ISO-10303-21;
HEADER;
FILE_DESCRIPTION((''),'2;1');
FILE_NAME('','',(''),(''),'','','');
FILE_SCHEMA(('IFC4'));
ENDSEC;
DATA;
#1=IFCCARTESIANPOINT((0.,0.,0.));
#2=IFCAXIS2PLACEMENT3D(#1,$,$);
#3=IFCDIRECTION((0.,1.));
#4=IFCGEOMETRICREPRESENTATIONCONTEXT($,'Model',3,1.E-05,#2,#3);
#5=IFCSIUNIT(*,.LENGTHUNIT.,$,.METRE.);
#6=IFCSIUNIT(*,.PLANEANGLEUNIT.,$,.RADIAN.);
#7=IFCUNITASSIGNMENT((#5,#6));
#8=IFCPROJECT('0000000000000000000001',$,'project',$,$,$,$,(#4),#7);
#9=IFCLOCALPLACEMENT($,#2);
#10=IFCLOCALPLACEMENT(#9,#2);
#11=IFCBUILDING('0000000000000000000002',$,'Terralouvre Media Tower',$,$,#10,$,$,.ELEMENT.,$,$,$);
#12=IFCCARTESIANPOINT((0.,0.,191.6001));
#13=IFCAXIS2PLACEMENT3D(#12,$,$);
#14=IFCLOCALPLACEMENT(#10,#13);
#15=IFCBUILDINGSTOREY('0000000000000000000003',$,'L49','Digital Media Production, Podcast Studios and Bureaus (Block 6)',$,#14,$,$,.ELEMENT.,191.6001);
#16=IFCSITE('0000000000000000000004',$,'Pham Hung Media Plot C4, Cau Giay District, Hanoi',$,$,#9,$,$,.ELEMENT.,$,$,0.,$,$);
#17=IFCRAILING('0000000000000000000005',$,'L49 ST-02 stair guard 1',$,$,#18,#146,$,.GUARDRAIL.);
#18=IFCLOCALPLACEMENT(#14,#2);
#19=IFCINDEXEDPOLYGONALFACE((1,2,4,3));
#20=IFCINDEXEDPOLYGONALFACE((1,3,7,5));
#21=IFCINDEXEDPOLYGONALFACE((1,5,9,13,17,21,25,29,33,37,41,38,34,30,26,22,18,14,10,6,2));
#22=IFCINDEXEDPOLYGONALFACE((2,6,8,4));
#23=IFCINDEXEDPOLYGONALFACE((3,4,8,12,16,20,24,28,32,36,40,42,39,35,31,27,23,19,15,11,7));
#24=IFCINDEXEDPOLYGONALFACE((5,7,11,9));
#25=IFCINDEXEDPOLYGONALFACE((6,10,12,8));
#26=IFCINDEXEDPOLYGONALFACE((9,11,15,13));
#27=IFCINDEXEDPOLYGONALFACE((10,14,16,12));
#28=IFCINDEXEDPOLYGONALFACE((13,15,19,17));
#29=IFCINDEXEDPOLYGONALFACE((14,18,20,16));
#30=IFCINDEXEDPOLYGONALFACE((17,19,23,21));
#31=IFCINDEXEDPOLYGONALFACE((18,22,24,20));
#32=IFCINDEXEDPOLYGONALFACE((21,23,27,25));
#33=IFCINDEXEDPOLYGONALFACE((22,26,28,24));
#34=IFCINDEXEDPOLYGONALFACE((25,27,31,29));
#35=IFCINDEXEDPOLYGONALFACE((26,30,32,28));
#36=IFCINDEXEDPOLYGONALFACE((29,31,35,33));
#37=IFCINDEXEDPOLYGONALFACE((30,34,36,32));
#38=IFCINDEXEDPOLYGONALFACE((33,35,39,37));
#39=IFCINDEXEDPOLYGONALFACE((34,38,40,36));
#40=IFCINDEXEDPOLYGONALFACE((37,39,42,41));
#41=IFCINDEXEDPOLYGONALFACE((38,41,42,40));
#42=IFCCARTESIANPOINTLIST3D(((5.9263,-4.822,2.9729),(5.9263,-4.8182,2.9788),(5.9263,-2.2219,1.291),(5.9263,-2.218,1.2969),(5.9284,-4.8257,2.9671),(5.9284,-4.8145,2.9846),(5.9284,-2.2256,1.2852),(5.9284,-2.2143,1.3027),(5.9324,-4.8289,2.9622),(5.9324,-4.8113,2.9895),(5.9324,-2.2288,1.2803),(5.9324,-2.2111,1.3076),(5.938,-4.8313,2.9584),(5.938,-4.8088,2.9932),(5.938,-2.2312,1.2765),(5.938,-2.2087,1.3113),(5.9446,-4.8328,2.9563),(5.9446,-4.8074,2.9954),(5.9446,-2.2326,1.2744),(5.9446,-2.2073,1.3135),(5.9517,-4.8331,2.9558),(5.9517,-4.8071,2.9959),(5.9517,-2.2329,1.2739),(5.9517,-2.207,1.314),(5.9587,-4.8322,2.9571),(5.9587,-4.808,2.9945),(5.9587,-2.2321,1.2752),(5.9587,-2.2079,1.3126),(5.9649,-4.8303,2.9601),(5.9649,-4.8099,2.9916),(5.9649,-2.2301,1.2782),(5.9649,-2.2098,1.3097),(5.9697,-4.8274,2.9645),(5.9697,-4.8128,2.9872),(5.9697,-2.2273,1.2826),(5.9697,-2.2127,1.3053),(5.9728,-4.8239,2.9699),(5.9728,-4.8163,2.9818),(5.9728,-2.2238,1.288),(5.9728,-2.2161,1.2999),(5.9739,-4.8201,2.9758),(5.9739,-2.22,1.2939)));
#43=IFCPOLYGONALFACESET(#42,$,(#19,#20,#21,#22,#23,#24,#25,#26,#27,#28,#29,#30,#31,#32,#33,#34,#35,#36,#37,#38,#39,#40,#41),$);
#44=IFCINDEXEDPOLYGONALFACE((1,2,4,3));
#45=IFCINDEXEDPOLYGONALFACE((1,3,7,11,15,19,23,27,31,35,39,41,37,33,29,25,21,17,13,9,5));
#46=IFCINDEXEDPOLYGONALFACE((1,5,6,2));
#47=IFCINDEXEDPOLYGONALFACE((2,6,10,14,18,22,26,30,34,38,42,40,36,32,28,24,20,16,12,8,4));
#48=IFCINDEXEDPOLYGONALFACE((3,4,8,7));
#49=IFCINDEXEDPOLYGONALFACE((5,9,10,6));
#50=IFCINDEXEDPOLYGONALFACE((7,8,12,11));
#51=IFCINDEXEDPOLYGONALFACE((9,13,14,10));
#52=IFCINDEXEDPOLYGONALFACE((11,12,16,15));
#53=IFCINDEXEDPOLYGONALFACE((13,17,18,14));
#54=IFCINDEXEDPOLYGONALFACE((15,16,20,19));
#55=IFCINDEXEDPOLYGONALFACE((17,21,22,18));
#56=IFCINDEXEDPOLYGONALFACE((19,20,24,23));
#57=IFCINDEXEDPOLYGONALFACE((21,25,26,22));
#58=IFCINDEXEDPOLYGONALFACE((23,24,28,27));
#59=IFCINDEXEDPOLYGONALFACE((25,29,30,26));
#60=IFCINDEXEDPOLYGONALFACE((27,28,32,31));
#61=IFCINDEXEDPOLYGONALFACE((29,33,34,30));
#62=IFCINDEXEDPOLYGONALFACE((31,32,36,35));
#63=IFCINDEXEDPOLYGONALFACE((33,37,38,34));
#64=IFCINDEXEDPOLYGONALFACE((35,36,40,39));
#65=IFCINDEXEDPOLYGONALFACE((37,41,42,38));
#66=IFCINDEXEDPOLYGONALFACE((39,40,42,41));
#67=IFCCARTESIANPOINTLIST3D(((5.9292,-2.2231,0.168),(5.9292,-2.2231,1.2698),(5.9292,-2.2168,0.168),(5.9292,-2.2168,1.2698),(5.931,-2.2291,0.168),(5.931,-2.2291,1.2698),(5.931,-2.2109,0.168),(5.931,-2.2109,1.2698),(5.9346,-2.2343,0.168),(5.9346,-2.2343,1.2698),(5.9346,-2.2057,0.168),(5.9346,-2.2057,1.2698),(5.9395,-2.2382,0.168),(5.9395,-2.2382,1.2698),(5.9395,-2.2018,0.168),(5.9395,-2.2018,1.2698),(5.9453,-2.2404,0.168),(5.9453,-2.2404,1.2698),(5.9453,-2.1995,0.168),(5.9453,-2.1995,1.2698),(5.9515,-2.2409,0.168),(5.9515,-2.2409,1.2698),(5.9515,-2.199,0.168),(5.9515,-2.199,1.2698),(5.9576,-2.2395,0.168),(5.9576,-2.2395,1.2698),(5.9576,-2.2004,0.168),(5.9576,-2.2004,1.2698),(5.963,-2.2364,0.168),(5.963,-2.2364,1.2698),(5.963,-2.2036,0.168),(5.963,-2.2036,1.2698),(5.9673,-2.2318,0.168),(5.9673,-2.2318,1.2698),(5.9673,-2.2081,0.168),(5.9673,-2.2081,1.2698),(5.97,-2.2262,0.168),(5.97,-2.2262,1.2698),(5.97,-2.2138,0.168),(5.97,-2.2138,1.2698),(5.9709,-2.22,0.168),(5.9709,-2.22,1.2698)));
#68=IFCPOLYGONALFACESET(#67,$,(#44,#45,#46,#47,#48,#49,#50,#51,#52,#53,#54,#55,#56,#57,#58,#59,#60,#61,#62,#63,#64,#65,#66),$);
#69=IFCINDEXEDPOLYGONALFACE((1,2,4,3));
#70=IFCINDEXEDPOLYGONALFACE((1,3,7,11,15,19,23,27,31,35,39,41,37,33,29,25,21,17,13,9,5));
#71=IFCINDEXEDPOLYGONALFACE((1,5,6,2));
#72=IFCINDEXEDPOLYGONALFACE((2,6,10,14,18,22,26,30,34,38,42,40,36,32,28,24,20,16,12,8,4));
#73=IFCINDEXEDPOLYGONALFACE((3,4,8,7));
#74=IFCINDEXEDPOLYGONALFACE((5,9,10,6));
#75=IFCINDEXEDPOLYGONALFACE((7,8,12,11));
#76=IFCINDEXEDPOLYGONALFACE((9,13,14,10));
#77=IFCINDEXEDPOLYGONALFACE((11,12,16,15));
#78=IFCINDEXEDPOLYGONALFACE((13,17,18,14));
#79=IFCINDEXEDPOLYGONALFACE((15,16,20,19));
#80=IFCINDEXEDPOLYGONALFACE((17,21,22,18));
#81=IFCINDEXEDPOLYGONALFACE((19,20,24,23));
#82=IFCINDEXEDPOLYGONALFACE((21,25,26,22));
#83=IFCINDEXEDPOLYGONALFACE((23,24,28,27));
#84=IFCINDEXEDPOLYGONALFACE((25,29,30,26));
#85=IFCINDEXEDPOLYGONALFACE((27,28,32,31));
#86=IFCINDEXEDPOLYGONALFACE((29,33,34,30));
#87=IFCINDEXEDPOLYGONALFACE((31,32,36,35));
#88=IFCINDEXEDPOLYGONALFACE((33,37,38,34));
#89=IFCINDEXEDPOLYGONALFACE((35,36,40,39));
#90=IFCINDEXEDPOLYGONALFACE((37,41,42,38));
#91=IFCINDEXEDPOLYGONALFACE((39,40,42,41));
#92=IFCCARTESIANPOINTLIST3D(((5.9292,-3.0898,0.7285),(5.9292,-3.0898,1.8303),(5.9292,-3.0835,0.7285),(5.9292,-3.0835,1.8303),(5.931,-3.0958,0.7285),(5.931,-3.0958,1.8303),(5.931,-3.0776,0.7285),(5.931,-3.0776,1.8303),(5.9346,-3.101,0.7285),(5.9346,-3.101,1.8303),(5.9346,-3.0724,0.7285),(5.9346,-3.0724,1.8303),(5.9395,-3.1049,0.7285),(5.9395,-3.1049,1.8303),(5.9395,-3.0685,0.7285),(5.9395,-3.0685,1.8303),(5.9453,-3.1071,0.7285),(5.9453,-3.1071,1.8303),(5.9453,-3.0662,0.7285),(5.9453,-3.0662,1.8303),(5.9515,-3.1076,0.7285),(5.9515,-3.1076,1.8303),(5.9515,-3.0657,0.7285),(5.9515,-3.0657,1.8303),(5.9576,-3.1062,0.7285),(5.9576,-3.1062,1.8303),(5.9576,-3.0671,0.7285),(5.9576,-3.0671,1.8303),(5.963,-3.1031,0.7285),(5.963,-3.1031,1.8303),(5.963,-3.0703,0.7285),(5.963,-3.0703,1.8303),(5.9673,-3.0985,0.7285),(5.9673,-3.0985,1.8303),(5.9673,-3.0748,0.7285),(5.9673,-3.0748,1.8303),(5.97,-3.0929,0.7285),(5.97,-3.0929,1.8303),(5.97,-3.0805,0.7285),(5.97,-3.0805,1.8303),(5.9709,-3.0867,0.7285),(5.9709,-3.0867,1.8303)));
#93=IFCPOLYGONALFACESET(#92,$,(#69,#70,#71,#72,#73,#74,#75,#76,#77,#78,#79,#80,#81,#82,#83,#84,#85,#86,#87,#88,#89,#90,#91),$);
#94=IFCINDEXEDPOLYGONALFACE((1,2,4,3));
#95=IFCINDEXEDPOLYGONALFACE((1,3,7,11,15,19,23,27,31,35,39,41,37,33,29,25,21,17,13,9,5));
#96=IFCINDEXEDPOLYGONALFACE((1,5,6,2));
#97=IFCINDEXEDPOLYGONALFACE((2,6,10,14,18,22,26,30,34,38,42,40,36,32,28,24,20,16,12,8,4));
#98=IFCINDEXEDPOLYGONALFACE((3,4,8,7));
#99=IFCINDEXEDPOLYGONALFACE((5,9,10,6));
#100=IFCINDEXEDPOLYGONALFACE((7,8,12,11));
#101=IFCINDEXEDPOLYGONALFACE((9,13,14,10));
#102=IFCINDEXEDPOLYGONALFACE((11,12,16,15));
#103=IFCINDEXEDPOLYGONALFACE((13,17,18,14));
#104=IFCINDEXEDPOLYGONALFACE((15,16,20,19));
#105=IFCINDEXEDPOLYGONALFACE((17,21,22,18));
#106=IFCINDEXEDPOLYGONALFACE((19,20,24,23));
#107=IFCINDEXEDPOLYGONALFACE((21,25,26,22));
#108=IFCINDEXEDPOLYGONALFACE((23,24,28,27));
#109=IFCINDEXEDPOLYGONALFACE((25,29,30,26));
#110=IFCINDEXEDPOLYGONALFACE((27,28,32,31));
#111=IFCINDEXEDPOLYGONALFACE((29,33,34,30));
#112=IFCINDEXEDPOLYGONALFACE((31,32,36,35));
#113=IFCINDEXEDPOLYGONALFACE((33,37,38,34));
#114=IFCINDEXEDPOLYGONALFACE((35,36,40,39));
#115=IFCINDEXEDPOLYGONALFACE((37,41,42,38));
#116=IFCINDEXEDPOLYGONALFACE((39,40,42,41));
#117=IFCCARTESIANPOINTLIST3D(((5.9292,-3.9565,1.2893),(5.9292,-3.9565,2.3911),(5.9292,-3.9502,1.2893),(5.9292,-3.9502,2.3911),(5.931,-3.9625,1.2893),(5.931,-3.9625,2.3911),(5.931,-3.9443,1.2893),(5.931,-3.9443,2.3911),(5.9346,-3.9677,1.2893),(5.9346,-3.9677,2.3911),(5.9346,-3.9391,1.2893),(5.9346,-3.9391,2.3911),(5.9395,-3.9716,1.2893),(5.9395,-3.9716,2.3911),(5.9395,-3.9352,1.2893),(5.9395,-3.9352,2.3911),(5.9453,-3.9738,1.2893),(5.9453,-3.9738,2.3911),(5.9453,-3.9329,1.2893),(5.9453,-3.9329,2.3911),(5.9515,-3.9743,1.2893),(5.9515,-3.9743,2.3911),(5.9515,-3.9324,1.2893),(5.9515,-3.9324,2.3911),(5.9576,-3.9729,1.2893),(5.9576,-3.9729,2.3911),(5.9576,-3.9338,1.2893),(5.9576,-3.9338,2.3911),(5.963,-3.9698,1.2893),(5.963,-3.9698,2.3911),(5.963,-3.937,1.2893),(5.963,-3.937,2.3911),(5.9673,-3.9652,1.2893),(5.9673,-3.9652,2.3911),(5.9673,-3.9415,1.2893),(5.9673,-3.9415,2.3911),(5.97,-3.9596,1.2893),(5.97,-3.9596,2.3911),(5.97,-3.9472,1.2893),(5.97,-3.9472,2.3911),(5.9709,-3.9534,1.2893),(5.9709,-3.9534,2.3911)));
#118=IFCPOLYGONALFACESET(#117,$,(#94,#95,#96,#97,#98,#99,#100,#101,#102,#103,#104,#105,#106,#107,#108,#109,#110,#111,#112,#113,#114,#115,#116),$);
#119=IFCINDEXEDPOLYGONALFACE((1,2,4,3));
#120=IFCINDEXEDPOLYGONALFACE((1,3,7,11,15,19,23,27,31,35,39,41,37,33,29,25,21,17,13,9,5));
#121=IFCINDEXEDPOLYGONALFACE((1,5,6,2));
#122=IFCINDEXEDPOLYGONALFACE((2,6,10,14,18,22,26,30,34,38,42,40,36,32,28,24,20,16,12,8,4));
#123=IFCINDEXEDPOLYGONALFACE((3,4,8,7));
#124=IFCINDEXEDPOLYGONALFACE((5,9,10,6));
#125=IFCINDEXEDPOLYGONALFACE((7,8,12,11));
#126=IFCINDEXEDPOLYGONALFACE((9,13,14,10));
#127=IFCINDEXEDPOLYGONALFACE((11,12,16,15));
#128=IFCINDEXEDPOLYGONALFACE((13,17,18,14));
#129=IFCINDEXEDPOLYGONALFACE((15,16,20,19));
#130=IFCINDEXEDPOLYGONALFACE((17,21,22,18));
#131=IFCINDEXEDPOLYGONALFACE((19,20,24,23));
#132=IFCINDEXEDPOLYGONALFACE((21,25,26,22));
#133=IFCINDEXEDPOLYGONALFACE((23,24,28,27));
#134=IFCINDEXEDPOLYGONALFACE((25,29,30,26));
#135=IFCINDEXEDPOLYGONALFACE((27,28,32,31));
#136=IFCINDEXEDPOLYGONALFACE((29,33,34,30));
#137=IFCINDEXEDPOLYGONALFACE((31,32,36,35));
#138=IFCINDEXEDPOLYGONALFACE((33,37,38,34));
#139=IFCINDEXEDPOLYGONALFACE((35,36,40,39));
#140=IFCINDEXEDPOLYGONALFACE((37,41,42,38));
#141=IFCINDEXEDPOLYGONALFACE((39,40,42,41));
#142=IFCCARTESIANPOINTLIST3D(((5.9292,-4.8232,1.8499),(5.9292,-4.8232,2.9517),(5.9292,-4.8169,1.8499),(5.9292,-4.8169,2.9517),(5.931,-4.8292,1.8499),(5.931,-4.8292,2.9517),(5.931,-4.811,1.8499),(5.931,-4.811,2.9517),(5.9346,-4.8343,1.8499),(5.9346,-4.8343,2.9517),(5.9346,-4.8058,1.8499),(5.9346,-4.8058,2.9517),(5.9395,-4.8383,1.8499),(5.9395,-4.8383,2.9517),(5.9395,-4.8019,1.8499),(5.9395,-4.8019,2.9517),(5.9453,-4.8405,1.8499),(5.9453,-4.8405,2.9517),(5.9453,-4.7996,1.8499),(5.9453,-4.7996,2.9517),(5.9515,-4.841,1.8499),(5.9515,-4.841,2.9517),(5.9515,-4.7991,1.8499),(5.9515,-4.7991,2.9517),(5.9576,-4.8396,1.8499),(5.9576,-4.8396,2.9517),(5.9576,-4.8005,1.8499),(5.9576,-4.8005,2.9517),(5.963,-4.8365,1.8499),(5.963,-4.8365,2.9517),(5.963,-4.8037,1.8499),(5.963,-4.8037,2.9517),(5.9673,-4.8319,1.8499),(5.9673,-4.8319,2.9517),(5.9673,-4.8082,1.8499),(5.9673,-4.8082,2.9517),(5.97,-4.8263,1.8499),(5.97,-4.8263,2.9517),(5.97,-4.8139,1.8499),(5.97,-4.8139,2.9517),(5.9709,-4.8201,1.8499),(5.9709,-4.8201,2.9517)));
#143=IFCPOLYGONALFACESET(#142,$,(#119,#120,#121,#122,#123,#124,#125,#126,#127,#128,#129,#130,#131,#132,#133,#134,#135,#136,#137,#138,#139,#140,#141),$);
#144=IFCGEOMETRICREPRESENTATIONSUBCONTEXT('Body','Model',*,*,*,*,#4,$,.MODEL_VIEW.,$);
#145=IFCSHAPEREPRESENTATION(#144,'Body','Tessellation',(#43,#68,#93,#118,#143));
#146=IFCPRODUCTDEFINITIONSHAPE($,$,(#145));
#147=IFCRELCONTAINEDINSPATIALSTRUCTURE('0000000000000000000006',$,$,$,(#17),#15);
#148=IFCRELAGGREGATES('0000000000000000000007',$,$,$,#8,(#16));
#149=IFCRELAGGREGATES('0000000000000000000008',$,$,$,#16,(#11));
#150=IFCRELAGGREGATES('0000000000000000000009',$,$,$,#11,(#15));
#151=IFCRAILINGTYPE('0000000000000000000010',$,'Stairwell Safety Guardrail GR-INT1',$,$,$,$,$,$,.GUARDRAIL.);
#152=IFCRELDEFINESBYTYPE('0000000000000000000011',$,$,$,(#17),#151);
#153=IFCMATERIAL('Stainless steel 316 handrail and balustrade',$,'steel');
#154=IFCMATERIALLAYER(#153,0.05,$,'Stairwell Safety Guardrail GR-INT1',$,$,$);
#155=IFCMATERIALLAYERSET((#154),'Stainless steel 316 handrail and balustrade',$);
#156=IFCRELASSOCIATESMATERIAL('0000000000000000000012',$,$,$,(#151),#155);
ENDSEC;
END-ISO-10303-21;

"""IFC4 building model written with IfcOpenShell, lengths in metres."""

from ifc_helpers import new_model, si_unit, direction, frame, origin, origin_2d, place, context, subcontext, project, spatial, circle, extrude, material, layer, layer_set, type_object, element, save


model = new_model("IFC4")

# Units and contexts
model_context = context("Model", 3, precision=1e-05, world=origin(), true_north=direction((0.0, 1.0)))
body_context = subcontext(model_context, "Body", "Model", "MODEL_VIEW")
ifc_project = project(units=[si_unit("LENGTHUNIT", "METRE"), si_unit("PLANEANGLEUNIT", "RADIAN")], contexts=[model_context])

# Site, building, storey
site_placement = place(None, origin())
site = spatial("IfcSite", under=ifc_project, at=site_placement, Name="Pham Hung Media Plot C4, Cau Giay District, Hanoi", CompositionType="ELEMENT", RefElevation=0.0)
building_placement = place(site_placement, origin())
building = spatial("IfcBuilding", under=site, at=building_placement, Name="Terralouvre Media Tower", CompositionType="ELEMENT")
storey_placement = place(building_placement, frame((0.0, 0.0, 191.6001)))
storey = spatial("IfcBuildingStorey", under=building, at=storey_placement, Name="L49", Description="Digital Media Production, Podcast Studios and Bureaus (Block 6)", CompositionType="ELEMENT", Elevation=191.6001)

# Railing
ifc_material_1 = material(Name="Stainless steel 316 handrail and balustrade", Category="steel")
ifc_layer_1 = layer(ifc_material_1, 0.05, Name="Stairwell Safety Guardrail GR-INT1")
ifc_layer_set_1 = layer_set([ifc_layer_1], Name="Stainless steel 316 handrail and balustrade")
railing_type_1 = type_object("IfcRailingType", Name="Stairwell Safety Guardrail GR-INT1", PredefinedType="GUARDRAIL", material=ifc_layer_set_1)
railing_1_placement = place(storey_placement, frame((5.95, -2.22, 0.168)))
element("IfcRailing", 1, at=railing_1_placement, inside=storey, type_object=railing_type_1, Name="L49 ST-02 stair guard 1", PredefinedType="GUARDRAIL", context=body_context, shape_type="SweptSolid", body=[
    extrude(circle(Radius=0.0239, at=origin_2d()), frame((0.0, 0.0, 1.126), z_axis=(0.0, -0.839648, 0.54313), x_axis=(1.0, 0.0, 0.0)), (0.0, 0.0, 1.0), 3.0967),
    extrude(circle(Radius=0.021, at=origin_2d()), origin(), (0.0, 0.0, 1.0), 1.1018),
    extrude(circle(Radius=0.021, at=origin_2d()), frame((0.0, -0.8667, 0.5605)), (0.0, 0.0, 1.0), 1.1018),
    extrude(circle(Radius=0.021, at=origin_2d()), frame((0.0, -1.7334, 1.1213)), (0.0, 0.0, 1.0), 1.1018),
    extrude(circle(Radius=0.021, at=origin_2d()), frame((0.0, -2.6001, 1.6819)), (0.0, 0.0, 1.0), 1.1018),
])

save(model, "model.ifc")
